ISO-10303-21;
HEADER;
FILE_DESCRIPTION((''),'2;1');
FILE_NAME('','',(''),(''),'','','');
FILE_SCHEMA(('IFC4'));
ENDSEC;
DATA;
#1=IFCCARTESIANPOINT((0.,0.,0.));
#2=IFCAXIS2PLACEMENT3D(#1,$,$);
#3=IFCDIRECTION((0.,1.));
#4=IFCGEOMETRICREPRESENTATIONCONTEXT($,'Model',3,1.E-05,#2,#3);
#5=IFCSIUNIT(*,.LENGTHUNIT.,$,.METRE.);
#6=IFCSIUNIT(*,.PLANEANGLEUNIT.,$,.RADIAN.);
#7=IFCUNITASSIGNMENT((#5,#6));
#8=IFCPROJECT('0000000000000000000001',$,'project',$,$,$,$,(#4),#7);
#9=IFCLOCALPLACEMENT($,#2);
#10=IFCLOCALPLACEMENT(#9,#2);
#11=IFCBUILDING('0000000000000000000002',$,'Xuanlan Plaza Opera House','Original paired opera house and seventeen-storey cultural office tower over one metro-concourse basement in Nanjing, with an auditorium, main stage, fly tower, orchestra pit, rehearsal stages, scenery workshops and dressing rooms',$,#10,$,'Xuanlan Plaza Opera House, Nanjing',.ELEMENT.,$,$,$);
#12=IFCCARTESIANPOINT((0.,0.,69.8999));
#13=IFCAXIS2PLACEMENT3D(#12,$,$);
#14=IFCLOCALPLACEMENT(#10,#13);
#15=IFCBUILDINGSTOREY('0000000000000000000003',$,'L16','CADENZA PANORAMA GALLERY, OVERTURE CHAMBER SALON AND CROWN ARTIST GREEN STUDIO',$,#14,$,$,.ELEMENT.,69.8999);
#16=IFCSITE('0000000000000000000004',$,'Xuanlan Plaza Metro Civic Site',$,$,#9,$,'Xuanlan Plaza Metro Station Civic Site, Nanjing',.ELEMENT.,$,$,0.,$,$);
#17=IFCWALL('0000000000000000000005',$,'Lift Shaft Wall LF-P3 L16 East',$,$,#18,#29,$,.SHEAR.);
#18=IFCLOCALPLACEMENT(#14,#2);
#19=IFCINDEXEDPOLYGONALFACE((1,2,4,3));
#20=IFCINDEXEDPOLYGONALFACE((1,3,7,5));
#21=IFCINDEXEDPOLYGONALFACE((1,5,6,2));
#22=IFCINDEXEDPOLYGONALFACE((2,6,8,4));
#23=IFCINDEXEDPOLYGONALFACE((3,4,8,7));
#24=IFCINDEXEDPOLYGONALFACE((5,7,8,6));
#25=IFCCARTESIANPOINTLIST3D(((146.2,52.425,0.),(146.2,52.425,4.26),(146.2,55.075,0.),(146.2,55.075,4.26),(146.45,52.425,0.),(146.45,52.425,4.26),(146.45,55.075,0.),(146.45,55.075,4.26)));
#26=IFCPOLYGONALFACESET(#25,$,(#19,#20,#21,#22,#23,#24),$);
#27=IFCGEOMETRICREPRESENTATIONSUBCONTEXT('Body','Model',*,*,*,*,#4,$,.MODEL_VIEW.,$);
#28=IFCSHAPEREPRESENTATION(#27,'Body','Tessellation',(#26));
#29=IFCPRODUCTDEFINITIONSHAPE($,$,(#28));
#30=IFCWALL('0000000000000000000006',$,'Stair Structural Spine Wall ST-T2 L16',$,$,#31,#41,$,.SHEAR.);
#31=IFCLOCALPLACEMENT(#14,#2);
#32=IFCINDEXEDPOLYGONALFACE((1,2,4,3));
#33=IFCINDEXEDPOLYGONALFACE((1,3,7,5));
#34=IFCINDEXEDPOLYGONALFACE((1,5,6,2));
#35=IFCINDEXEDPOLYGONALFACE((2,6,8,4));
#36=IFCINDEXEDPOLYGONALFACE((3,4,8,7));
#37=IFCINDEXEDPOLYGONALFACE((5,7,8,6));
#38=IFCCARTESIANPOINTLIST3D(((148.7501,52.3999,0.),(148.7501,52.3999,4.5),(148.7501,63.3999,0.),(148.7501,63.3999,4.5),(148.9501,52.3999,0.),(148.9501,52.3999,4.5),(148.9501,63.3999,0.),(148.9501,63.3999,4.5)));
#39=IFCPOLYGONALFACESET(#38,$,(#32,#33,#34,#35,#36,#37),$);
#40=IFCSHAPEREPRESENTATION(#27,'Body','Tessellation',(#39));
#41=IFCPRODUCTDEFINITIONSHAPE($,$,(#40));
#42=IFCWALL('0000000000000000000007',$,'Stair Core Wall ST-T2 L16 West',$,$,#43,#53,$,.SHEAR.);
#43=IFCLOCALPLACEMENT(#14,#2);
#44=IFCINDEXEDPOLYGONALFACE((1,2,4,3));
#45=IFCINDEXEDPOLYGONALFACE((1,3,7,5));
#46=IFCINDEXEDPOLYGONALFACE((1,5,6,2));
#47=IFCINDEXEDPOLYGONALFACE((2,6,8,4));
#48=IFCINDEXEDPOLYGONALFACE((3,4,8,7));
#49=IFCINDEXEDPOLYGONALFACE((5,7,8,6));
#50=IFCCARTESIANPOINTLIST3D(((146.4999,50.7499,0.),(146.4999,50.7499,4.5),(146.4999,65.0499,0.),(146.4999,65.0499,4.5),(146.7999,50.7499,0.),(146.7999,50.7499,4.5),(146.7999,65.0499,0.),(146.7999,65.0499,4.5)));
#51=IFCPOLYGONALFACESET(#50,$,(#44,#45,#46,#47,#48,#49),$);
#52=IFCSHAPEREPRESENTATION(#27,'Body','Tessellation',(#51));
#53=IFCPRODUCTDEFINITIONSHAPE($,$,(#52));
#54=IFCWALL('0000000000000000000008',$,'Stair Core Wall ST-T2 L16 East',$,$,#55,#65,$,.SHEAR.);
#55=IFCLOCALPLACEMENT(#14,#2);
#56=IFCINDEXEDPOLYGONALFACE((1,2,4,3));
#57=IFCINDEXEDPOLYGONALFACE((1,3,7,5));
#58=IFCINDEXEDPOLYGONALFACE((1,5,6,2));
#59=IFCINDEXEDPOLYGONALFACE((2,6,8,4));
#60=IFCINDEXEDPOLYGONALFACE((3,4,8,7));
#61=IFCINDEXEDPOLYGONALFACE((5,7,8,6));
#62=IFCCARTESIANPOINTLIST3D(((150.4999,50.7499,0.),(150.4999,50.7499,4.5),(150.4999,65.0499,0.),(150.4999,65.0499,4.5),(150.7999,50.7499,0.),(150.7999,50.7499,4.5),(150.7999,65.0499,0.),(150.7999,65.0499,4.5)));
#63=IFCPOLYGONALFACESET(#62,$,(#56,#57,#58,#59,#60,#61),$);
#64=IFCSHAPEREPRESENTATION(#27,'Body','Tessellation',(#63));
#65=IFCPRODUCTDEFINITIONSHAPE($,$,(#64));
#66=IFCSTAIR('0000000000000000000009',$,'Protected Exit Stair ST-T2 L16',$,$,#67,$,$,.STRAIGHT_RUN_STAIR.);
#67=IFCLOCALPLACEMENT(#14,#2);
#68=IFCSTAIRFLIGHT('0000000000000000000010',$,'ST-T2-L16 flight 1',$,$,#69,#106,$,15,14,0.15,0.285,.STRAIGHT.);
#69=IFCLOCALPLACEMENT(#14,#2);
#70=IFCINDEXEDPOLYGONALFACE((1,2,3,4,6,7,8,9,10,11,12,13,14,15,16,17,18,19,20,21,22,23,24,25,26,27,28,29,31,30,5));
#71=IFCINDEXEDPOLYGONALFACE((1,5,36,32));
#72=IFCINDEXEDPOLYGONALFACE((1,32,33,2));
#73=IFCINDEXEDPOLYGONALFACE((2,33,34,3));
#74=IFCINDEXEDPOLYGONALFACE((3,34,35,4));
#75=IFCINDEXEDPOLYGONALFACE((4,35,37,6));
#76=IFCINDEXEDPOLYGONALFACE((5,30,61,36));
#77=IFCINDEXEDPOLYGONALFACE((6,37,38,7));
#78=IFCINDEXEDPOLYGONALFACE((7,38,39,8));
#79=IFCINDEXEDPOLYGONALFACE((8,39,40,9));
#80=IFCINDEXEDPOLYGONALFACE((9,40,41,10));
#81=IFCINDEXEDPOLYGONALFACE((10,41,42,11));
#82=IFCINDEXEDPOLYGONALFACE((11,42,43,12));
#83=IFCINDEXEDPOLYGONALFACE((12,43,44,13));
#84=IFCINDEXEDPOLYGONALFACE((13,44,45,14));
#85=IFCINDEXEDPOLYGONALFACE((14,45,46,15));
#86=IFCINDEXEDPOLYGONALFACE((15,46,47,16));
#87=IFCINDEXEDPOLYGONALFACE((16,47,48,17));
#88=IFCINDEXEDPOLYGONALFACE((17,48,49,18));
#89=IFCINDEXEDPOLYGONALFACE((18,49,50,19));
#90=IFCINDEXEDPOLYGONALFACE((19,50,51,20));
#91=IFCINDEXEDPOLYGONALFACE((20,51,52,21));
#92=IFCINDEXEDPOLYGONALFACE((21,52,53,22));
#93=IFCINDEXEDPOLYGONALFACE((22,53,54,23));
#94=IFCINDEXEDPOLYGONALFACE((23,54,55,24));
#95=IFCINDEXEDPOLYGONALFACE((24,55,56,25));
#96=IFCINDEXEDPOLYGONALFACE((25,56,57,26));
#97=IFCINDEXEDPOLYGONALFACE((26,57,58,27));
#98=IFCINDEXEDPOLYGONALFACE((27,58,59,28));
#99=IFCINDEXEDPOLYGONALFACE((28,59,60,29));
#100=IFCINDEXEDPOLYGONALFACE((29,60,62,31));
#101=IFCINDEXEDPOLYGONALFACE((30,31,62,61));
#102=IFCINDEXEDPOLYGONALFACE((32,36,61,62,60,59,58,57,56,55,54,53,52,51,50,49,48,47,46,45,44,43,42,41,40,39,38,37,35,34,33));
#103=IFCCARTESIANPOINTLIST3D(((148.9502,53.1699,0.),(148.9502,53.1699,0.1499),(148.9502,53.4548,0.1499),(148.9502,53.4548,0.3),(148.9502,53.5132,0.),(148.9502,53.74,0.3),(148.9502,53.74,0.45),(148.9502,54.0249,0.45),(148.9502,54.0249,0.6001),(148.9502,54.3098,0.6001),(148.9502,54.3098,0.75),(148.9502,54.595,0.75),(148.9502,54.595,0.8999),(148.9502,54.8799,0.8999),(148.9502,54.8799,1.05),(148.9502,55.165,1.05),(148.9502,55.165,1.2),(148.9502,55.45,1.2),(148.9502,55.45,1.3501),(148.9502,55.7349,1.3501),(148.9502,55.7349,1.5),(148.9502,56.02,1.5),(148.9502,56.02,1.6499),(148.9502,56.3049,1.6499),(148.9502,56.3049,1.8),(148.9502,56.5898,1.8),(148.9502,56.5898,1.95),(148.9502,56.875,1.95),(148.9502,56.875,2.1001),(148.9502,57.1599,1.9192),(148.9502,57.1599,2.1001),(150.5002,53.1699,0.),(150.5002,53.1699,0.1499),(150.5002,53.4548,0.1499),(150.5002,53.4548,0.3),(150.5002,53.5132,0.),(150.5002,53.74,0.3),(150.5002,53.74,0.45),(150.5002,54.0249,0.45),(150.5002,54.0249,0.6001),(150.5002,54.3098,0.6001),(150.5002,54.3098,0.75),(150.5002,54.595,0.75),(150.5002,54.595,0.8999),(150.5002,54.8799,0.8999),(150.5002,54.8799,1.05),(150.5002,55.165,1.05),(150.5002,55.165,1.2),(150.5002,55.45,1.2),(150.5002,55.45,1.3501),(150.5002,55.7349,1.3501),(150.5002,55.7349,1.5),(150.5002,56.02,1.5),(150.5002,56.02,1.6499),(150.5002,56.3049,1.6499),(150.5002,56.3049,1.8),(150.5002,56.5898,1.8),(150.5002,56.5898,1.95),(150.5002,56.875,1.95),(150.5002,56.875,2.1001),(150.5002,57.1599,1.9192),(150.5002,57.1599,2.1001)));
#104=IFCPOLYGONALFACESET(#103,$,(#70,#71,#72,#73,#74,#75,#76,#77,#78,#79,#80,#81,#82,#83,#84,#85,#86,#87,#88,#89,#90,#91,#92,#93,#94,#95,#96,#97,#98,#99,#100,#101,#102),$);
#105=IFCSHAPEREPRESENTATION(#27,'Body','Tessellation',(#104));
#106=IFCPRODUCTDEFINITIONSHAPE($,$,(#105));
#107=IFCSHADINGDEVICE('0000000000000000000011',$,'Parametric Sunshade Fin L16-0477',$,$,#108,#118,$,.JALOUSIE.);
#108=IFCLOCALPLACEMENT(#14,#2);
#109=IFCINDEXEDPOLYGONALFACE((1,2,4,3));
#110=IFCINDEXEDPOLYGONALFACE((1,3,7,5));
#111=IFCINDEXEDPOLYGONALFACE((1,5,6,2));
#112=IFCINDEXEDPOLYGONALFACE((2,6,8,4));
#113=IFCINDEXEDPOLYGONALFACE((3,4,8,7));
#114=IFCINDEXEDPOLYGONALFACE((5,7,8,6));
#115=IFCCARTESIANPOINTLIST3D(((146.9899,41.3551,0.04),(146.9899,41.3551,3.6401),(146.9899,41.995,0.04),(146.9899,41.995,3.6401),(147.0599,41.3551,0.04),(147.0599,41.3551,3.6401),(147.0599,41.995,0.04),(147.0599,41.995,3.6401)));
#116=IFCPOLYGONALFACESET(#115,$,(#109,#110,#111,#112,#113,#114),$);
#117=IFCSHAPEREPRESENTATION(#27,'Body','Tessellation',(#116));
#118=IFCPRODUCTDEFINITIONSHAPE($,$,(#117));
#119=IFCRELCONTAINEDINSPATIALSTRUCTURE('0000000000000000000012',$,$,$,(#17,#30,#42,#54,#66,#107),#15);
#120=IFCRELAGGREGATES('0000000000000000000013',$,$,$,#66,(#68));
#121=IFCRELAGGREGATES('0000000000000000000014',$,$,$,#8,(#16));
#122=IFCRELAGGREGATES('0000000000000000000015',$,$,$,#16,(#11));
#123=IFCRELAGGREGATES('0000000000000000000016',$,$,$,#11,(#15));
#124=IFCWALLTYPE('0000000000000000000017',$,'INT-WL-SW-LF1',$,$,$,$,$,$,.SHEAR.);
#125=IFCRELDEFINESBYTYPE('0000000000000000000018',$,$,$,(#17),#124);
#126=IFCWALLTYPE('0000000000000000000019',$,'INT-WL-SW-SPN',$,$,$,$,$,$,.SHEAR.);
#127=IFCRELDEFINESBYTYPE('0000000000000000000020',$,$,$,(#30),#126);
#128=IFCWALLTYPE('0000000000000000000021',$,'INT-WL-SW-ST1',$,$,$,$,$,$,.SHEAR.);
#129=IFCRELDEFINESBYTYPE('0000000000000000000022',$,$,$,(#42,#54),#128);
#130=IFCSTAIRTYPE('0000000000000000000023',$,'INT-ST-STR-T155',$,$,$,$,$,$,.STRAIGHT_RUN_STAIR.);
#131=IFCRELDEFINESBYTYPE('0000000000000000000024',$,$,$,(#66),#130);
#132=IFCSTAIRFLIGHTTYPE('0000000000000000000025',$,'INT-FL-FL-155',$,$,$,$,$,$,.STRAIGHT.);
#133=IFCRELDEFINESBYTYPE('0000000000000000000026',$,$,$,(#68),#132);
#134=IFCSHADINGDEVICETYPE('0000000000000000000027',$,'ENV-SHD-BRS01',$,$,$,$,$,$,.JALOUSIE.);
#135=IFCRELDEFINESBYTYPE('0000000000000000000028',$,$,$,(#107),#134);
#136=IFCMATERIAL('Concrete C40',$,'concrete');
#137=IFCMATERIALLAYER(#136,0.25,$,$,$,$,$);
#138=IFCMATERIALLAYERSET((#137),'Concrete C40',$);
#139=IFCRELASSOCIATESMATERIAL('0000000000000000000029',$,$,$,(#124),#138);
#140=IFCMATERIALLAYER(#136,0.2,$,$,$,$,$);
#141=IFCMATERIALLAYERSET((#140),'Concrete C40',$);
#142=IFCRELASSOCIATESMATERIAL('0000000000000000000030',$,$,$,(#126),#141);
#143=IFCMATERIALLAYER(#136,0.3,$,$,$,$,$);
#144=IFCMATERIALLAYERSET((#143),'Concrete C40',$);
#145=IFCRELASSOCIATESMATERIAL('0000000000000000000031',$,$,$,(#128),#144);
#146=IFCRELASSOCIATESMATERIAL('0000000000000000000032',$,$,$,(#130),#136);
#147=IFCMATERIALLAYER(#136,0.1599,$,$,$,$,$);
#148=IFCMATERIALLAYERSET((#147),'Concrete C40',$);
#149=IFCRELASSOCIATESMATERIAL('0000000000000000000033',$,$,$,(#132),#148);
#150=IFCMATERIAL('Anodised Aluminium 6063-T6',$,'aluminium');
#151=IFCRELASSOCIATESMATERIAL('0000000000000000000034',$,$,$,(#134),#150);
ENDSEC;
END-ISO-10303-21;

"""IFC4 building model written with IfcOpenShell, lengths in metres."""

from ifc_helpers import new_model, si_unit, direction, frame, frame_2d, origin, origin_2d, place, context, subcontext, project, spatial, polyline, rectangle, outline, extrude, material, layer, layer_set, type_object, element, aggregate, save


model = new_model("IFC4")

# Units and contexts
model_context = context("Model", 3, precision=1e-05, world=origin(), true_north=direction((0.0, 1.0)))
body_context = subcontext(model_context, "Body", "Model", "MODEL_VIEW")
ifc_project = project(units=[si_unit("LENGTHUNIT", "METRE"), si_unit("PLANEANGLEUNIT", "RADIAN")], contexts=[model_context])

# Site, building, storey
site_placement = place(None, origin())
site = spatial("IfcSite", under=ifc_project, at=site_placement, Name="Xuanlan Plaza Metro Civic Site", LongName="Xuanlan Plaza Metro Station Civic Site, Nanjing", CompositionType="ELEMENT", RefElevation=0.0)
building_placement = place(site_placement, origin())
building = spatial("IfcBuilding", under=site, at=building_placement, Name="Xuanlan Plaza Opera House", Description="Original paired opera house and seventeen-storey cultural office tower over one metro-concourse basement in Nanjing, with an auditorium, main stage, fly tower, orchestra pit, rehearsal stages, scenery workshops and dressing rooms", LongName="Xuanlan Plaza Opera House, Nanjing", CompositionType="ELEMENT")
storey_placement = place(building_placement, frame((0.0, 0.0, 69.8999)))
storey = spatial("IfcBuildingStorey", under=building, at=storey_placement, Name="L16", Description="CADENZA PANORAMA GALLERY, OVERTURE CHAMBER SALON AND CROWN ARTIST GREEN STUDIO", CompositionType="ELEMENT", Elevation=69.8999)

# Shared definitions
ifc_material_1 = material(Name="Anodised Aluminium 6063-T6", Category="aluminium")

# Shared definitions
ifc_material_2 = material(Name="Concrete C40", Category="concrete")

# Shared definitions
ifc_layer_1 = layer(ifc_material_2, 0.25)
ifc_layer_set_1 = layer_set([ifc_layer_1], Name="Concrete C40")
wall_type_1 = type_object("IfcWallType", Name="INT-WL-SW-LF1", PredefinedType="SHEAR", material=ifc_layer_set_1)

# Walls
wall_1_placement = place(storey_placement, frame((146.325, 52.425, 0.0), z_axis=(0.0, 0.0, 1.0), x_axis=(0.0, 1.0, 0.0)))
element("IfcWall", 1, at=wall_1_placement, inside=storey, type_object=wall_type_1, Name="Lift Shaft Wall LF-P3 L16 East", PredefinedType="SHEAR", context=body_context, shape_type="SweptSolid", body=[
    extrude(rectangle(XDim=2.6499, YDim=0.25, at=frame_2d((1.325, 0.0))), origin(), (0.0, 0.0, 1.0), 4.26),
])
ifc_layer_2 = layer(ifc_material_2, 0.2)
ifc_layer_set_2 = layer_set([ifc_layer_2], Name="Concrete C40")
wall_type_2 = type_object("IfcWallType", Name="INT-WL-SW-SPN", PredefinedType="SHEAR", material=ifc_layer_set_2)
wall_2_placement = place(storey_placement, frame((148.8501, 52.3999, 0.0), z_axis=(0.0, 0.0, 1.0), x_axis=(0.0, 1.0, 0.0)))
element("IfcWall", 2, at=wall_2_placement, inside=storey, type_object=wall_type_2, Name="Stair Structural Spine Wall ST-T2 L16", PredefinedType="SHEAR", context=body_context, shape_type="SweptSolid", body=[
    extrude(rectangle(XDim=11.0, YDim=0.2, at=frame_2d((5.5, 0.0))), origin(), (0.0, 0.0, 1.0), 4.5),
])

# Shared definitions
ifc_layer_3 = layer(ifc_material_2, 0.3)
ifc_layer_set_3 = layer_set([ifc_layer_3], Name="Concrete C40")
wall_type_3 = type_object("IfcWallType", Name="INT-WL-SW-ST1", PredefinedType="SHEAR", material=ifc_layer_set_3)

# Walls
for number, where, z_axis, x_axis, name in (
    (3, (146.6499, 50.75, 0.0), (0.0, 0.0, 1.0), (0.0, 1.0, 0.0), "Stair Core Wall ST-T2 L16 West"),
    (4, (150.6499, 50.75, 0.0), (0.0, 0.0, 1.0), (0.0, 1.0, 0.0), "Stair Core Wall ST-T2 L16 East"),
):
    element("IfcWall", number, at=place(storey_placement, frame(where, z_axis=z_axis, x_axis=x_axis)), inside=storey, type_object=wall_type_3, Name=name, PredefinedType="SHEAR", context=body_context, shape_type="SweptSolid", body=[
        extrude(rectangle(XDim=14.3, YDim=0.3, at=frame_2d((7.1499, 0.0))), origin(), (0.0, 0.0, 1.0), 4.5),
    ])

# Stair, stair flight
stair_type = type_object("IfcStairType", Name="INT-ST-STR-T155", PredefinedType="STRAIGHT_RUN_STAIR", material=ifc_material_2)
stair_placement = place(storey_placement, origin())
stair = element("IfcStair", 5, at=stair_placement, inside=storey, type_object=stair_type, Name="Protected Exit Stair ST-T2 L16", PredefinedType="STRAIGHT_RUN_STAIR")
ifc_layer_4 = layer(ifc_material_2, 0.1599)
ifc_layer_set_4 = layer_set([ifc_layer_4], Name="Concrete C40")
stair_flight_type = type_object("IfcStairFlightType", Name="INT-FL-FL-155", PredefinedType="STRAIGHT", material=ifc_layer_set_4)
stair_flight_placement = place(storey_placement, frame((149.7251, 53.1699, 0.0), z_axis=(0.0, 0.0, 1.0), x_axis=(0.0, 1.0, 0.0)))
stair_flight = element("IfcStairFlight", 6, at=stair_flight_placement, type_object=stair_flight_type, Name="ST-T2-L16 flight 1", NumberOfRisers=15, NumberOfTreads=14, PredefinedType="STRAIGHT", RiserHeight=0.15, TreadLength=0.285, context=body_context, shape_type="SweptSolid", body=[
    extrude(outline(polyline([(0.0, 0.0), (0.0, 0.1499), (0.2849, 0.1499), (0.2849, 0.3), (0.5701, 0.3), (0.5701, 0.45), (0.855, 0.45), (0.855, 0.6001), (1.1399, 0.6001), (1.1399, 0.75), (1.425, 0.75), (1.425, 0.8999), (1.71, 0.8999), (1.71, 1.05), (1.9951, 1.05), (1.9951, 1.2), (2.28, 1.2), (2.28, 1.3501), (2.5649, 1.3501), (2.5649, 1.5), (2.8501, 1.5), (2.8501, 1.6499), (3.135, 1.6499), (3.135, 1.8), (3.4199, 1.8), (3.4199, 1.95), (3.7051, 1.95), (3.7051, 2.1001), (3.99, 2.1001), (3.99, 2.25), (3.99, 1.9192), (0.3433, 0.0), (0.0, 0.0)])), frame((0.0, 0.7749, 0.0), z_axis=(0.0, -1.0, 0.0), x_axis=(1.0, 0.0, 0.0)), (0.0, 0.0, 1.0), 1.55),
])
aggregate(stair, [stair_flight])

# Shading device
shading_device_type = type_object("IfcShadingDeviceType", Name="ENV-SHD-BRS01", PredefinedType="JALOUSIE", material=ifc_material_1)
shading_device_placement = place(storey_placement, frame((147.0249, 41.675, 0.04), z_axis=(0.0, 0.0, 1.0), x_axis=(0.0, -1.0, 0.0)))
element("IfcShadingDevice", 7, at=shading_device_placement, inside=storey, type_object=shading_device_type, Name="Parametric Sunshade Fin L16-0477", PredefinedType="JALOUSIE", context=body_context, shape_type="SweptSolid", body=[
    extrude(rectangle(XDim=0.6399, YDim=0.0701, at=origin_2d()), origin(), (0.0, 0.0, 1.0), 3.6001),
])

save(model, "model.ifc")
